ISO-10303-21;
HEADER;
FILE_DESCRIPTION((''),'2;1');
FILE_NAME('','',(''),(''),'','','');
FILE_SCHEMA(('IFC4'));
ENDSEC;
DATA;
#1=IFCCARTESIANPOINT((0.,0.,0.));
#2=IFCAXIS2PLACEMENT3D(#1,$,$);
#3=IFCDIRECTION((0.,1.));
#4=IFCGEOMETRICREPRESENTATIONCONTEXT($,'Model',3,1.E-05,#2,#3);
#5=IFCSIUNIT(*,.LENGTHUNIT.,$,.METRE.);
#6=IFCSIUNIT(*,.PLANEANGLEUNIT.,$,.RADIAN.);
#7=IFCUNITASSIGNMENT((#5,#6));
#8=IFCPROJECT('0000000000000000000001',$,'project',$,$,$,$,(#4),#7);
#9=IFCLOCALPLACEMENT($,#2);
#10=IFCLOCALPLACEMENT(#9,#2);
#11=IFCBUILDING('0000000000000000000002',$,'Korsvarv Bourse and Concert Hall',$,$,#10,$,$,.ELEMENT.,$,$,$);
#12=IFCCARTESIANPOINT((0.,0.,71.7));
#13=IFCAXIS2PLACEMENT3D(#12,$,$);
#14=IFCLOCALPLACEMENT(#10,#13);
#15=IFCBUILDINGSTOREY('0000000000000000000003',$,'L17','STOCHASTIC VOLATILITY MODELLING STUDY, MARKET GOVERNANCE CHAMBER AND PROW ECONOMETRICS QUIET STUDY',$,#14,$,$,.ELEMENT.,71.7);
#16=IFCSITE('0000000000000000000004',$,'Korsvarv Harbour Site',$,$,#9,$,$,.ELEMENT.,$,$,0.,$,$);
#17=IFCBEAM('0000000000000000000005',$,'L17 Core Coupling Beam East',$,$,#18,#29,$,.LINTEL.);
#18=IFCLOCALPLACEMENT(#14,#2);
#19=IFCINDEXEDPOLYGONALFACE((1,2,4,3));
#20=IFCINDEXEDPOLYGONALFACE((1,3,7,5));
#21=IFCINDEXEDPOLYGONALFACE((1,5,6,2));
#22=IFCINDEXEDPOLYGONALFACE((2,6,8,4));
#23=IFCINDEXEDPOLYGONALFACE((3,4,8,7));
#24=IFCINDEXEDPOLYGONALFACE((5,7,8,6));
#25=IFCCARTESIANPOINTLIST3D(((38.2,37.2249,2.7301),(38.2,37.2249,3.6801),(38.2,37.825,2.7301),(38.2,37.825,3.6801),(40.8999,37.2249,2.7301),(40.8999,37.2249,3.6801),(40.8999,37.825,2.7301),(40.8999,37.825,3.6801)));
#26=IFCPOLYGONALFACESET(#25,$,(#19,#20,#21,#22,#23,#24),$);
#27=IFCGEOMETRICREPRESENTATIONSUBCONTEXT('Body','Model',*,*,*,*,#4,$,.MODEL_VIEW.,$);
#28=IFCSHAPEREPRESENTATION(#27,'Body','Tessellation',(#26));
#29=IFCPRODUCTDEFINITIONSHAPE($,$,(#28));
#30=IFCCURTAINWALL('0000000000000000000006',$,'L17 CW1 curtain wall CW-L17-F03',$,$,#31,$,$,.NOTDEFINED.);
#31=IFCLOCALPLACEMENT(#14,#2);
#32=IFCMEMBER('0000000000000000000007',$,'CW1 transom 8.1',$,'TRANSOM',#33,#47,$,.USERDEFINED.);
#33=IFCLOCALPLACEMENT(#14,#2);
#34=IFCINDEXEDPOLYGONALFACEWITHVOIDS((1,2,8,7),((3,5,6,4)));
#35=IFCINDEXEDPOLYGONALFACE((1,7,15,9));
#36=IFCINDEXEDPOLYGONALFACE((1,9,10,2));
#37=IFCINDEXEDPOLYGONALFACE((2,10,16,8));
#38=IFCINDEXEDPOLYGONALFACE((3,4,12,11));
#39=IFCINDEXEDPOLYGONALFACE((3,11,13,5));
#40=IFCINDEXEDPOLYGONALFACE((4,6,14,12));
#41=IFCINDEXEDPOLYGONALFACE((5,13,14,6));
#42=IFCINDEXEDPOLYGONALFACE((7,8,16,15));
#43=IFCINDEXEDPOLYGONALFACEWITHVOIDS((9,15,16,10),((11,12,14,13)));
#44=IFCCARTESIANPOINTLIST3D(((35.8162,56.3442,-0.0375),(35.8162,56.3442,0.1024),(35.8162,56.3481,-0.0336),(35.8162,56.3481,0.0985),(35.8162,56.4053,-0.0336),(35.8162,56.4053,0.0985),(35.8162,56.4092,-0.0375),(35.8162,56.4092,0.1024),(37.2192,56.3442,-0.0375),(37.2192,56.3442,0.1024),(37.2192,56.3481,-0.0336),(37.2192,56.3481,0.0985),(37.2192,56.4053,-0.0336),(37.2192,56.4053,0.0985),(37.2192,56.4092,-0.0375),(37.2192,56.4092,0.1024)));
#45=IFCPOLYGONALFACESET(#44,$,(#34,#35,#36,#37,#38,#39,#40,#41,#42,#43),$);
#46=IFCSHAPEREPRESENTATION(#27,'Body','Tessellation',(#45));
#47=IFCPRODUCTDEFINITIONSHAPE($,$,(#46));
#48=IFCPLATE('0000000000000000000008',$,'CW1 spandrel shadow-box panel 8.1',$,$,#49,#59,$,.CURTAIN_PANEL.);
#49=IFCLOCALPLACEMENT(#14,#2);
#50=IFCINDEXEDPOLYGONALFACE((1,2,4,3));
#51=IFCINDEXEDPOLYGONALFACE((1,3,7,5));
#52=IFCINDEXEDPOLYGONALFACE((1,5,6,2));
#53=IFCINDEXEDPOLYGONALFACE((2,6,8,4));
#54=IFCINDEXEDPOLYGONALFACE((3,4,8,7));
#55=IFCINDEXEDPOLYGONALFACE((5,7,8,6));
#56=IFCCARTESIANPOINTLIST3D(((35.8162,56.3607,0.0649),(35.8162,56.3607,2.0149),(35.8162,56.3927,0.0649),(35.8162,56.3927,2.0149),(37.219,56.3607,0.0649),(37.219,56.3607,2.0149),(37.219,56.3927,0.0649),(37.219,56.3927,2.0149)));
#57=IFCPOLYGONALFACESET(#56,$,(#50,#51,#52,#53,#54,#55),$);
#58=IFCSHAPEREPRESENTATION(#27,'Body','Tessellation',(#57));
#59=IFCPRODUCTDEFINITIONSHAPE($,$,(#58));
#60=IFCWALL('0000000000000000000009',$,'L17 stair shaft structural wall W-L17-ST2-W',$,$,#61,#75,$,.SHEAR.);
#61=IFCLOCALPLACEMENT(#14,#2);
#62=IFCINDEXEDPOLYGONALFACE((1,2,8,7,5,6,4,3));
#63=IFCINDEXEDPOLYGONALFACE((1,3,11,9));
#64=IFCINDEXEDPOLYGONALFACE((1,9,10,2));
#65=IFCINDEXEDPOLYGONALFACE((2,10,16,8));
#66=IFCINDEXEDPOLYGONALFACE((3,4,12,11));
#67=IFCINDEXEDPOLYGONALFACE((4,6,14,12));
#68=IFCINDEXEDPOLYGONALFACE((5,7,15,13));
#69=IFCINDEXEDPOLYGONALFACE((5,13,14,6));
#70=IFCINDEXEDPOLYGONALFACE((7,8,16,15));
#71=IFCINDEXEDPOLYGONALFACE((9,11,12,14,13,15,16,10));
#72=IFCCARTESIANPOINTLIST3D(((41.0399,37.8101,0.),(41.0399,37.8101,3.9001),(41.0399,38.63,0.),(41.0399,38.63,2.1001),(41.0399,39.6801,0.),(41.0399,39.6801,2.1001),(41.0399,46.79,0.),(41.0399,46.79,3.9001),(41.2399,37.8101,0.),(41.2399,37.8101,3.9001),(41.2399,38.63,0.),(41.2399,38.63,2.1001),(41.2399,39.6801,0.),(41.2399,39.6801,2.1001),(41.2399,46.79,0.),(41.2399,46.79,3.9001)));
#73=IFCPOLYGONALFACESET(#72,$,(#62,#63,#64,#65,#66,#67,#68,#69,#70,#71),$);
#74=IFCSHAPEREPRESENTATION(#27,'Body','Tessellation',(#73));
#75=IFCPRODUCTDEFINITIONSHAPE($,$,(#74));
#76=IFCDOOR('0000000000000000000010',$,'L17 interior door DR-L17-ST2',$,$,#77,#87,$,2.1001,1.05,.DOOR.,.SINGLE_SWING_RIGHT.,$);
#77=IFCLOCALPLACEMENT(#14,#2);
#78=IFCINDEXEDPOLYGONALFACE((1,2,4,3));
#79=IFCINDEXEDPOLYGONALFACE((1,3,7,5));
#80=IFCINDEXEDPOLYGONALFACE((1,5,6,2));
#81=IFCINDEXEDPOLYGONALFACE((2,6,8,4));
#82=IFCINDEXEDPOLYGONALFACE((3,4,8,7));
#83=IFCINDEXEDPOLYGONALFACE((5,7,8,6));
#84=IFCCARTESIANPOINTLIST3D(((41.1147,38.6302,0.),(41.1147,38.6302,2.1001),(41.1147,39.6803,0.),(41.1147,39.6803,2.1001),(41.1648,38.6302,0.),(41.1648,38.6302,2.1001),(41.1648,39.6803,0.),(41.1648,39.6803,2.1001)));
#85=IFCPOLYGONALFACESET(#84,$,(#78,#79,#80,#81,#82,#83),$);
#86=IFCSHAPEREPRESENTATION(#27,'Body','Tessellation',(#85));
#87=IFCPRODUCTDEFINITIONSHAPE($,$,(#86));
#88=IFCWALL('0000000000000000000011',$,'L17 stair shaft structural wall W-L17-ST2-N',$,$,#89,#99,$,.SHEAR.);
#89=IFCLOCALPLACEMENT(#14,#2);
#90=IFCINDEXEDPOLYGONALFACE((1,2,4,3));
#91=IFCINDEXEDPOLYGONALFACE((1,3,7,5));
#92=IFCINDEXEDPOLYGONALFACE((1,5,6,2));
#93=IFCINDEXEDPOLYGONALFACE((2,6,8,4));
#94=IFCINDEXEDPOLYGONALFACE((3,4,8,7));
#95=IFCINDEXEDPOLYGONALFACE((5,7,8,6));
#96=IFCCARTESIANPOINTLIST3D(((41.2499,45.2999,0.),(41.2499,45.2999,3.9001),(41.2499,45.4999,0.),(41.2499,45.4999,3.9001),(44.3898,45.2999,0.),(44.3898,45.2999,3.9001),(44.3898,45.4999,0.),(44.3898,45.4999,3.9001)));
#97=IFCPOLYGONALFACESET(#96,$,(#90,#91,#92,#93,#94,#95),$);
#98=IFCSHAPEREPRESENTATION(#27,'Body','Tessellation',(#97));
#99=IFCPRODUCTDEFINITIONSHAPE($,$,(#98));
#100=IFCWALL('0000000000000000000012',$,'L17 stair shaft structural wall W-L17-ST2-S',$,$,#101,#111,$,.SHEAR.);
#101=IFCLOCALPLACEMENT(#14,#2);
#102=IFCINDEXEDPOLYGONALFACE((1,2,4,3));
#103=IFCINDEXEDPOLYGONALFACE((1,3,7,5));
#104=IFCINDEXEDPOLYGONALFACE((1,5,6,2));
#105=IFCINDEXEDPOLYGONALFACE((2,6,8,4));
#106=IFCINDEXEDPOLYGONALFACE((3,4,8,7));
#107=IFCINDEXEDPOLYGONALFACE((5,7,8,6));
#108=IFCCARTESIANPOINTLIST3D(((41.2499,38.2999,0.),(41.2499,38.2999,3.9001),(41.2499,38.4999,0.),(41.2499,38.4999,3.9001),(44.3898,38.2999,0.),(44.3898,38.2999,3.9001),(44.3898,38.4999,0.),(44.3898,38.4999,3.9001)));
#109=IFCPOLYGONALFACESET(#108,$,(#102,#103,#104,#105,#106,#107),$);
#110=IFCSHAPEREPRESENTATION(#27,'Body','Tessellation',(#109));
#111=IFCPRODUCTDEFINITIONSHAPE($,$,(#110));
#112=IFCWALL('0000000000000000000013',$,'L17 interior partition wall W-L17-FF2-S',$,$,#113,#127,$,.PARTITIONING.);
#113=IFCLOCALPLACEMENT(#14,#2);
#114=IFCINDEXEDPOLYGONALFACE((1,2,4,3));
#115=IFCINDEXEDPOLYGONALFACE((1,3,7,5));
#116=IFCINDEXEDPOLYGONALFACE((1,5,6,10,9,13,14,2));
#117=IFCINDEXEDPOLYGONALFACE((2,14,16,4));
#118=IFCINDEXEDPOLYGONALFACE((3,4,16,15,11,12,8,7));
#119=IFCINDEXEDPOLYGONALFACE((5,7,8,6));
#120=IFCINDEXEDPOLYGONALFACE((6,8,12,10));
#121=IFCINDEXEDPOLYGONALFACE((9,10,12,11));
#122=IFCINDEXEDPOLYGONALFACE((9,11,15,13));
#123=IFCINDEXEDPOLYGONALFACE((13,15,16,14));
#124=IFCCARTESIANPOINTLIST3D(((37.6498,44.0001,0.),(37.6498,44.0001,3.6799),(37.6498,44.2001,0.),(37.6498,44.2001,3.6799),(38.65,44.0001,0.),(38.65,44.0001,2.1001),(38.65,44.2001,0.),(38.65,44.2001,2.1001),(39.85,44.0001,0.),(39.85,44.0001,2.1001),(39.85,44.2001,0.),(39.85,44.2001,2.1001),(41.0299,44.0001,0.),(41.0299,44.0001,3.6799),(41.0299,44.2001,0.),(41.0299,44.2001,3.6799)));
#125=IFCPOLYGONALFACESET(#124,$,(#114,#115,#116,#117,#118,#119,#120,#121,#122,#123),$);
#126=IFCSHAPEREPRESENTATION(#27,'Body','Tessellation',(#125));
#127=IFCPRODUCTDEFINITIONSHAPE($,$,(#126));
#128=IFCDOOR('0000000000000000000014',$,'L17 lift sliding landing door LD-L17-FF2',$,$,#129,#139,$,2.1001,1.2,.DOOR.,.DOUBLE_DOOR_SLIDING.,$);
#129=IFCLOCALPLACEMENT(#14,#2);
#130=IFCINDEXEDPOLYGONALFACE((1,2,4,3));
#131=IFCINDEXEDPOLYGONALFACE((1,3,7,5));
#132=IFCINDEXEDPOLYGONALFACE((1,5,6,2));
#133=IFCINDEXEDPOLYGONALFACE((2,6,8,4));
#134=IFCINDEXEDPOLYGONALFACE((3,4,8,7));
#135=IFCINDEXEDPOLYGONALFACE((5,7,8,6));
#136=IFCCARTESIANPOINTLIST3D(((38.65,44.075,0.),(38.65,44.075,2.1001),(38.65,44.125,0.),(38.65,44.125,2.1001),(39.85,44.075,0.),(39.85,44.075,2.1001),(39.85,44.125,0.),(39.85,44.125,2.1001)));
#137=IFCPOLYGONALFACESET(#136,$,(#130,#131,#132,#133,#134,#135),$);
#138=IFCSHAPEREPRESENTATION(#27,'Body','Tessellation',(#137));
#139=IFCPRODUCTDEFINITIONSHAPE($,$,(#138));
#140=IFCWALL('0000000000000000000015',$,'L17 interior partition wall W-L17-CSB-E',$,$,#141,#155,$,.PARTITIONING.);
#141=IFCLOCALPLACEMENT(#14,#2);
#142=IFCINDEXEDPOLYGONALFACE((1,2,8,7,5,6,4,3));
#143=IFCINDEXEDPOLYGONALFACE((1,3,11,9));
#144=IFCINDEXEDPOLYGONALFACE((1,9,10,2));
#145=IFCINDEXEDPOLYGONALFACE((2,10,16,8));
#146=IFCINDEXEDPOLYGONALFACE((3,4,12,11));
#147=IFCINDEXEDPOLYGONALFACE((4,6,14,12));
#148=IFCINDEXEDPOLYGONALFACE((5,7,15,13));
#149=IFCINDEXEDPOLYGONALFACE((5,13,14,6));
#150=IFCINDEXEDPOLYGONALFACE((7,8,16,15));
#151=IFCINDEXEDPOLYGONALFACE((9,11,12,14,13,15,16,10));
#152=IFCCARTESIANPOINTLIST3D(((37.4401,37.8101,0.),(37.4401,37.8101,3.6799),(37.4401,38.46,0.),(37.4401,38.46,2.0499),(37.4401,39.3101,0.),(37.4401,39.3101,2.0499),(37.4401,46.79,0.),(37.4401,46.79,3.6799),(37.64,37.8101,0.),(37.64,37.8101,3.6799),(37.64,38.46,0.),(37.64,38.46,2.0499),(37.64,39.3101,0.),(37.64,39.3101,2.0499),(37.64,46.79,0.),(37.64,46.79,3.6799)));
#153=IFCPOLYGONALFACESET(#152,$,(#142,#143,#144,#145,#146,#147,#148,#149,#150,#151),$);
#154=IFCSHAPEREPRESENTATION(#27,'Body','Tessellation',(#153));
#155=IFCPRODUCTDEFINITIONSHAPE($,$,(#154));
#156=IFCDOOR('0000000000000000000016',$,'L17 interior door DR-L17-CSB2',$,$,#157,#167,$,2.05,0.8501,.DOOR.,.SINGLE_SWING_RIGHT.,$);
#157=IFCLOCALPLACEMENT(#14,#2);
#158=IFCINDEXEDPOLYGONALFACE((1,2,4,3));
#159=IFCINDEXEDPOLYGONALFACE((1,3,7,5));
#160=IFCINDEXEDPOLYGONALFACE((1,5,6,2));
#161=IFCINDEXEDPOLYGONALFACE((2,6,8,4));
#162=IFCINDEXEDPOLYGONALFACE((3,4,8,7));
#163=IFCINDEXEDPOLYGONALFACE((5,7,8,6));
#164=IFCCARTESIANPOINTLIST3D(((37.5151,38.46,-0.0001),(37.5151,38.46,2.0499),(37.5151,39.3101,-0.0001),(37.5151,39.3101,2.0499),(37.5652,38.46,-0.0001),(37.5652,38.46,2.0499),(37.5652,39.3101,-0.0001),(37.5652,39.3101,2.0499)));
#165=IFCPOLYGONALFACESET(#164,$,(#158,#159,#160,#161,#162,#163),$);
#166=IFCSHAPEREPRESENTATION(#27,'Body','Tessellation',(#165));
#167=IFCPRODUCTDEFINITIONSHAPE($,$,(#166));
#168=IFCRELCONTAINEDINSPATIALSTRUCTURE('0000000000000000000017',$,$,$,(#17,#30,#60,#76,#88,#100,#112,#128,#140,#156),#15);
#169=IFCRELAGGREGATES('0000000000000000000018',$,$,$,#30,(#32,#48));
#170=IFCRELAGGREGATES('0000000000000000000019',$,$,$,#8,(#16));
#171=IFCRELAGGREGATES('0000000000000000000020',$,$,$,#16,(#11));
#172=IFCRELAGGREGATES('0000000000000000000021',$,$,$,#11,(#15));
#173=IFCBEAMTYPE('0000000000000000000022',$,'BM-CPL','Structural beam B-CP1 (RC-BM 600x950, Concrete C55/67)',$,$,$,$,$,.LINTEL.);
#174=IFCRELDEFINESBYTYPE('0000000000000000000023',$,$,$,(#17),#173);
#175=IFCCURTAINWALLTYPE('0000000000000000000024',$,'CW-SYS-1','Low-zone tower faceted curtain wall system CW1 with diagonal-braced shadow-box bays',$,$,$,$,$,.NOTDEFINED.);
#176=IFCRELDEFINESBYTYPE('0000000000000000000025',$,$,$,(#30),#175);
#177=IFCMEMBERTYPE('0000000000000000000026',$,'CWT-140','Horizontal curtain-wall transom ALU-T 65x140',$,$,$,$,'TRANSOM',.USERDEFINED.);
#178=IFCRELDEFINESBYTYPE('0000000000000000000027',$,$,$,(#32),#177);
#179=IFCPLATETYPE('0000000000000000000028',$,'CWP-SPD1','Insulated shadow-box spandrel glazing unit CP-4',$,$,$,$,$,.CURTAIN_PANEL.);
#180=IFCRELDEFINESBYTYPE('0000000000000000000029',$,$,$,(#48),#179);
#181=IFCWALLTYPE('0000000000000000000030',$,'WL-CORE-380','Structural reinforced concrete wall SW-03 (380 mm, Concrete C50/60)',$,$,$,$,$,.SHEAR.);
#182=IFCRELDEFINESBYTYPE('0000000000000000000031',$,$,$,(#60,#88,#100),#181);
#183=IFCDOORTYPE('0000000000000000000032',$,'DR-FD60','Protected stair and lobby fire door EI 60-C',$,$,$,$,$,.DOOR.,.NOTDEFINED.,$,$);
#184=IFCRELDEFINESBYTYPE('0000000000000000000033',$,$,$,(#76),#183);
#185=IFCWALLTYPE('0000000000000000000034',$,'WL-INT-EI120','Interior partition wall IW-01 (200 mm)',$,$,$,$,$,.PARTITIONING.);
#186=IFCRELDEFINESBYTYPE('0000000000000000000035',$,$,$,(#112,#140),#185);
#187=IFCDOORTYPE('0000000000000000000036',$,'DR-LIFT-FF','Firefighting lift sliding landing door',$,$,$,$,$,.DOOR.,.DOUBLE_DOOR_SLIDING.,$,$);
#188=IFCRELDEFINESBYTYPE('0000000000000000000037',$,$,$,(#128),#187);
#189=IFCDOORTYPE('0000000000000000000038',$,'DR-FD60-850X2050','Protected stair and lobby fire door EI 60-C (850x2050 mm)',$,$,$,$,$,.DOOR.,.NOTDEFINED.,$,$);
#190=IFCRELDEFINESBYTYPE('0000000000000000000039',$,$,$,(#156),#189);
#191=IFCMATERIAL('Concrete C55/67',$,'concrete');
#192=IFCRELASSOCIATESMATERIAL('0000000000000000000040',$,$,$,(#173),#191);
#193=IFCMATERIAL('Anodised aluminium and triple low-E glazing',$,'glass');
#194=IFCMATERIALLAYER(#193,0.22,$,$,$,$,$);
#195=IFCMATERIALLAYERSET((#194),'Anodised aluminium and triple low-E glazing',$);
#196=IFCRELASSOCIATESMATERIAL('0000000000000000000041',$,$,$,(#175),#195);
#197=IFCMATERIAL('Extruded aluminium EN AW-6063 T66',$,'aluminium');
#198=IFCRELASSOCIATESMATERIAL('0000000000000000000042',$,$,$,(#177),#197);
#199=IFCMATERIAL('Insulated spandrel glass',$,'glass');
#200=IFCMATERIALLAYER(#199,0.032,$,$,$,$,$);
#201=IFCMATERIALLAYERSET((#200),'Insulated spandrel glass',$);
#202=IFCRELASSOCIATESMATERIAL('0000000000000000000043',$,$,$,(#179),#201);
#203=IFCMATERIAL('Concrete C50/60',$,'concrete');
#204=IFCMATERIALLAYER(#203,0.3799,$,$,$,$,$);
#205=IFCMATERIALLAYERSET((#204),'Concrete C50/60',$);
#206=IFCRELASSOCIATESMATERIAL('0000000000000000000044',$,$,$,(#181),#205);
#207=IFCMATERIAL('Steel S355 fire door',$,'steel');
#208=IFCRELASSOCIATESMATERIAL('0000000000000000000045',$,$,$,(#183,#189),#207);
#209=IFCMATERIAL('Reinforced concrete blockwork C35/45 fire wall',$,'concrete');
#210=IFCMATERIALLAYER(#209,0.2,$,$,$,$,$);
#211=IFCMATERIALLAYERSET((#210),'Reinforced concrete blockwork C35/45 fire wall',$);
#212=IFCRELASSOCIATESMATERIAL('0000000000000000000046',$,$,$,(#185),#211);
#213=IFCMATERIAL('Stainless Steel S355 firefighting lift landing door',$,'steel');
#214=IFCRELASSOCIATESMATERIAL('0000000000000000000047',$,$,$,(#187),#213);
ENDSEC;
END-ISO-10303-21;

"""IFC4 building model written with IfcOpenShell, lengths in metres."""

from ifc_helpers import new_model, si_unit, direction, frame, frame_2d, origin, origin_2d, place, context, subcontext, project, spatial, rectangle, hollow_rectangle, extrude, source, transform, mapped, material, layer, layer_set, material_profile, profile_set, type_object, element, fill, aggregate, save


model = new_model("IFC4")

# Units and contexts
model_context = context("Model", 3, precision=1e-05, world=origin(), true_north=direction((0.0, 1.0)))
body_context = subcontext(model_context, "Body", "Model", "MODEL_VIEW")
ifc_project = project(units=[si_unit("LENGTHUNIT", "METRE"), si_unit("PLANEANGLEUNIT", "RADIAN")], contexts=[model_context])

# Site, building, storey
site_placement = place(None, origin())
site = spatial("IfcSite", under=ifc_project, at=site_placement, Name="Korsvarv Harbour Site", CompositionType="ELEMENT", RefElevation=0.0)
building_placement = place(site_placement, origin())
building = spatial("IfcBuilding", under=site, at=building_placement, Name="Korsvarv Bourse and Concert Hall", CompositionType="ELEMENT")
storey_placement = place(building_placement, frame((0.0, 0.0, 71.7)))
storey = spatial("IfcBuildingStorey", under=building, at=storey_placement, Name="L17", Description="STOCHASTIC VOLATILITY MODELLING STUDY, MARKET GOVERNANCE CHAMBER AND PROW ECONOMETRICS QUIET STUDY", CompositionType="ELEMENT", Elevation=71.7)

# Beam
ifc_material_1 = material(Name="Concrete C55/67", Category="concrete")
ifc_material_profile_1 = material_profile(ifc_material_1, rectangle(XDim=0.6001, YDim=0.95, at=origin_2d()), Name="RC-BM 600x950")
ifc_profile_set_1 = profile_set([ifc_material_profile_1], Name="Concrete C55/67")
beam_type = type_object("IfcBeamType", Name="BM-CPL", Description="Structural beam B-CP1 (RC-BM 600x950, Concrete C55/67)", PredefinedType="LINTEL", material=ifc_profile_set_1)
shared_shape_1 = source(origin(), body_context, "Body", "SweptSolid", [
    extrude(rectangle(XDim=0.6001, YDim=0.95, at=origin_2d()), origin(), (0.0, 0.0, 1.0), 2.7),
])
beam_placement = place(storey_placement, frame((38.2, 37.5249, 3.2051), z_axis=(1.0, 0.0, 0.0), x_axis=(0.0, 1.0, 0.0)))
element("IfcBeam", 1, at=beam_placement, inside=storey, type_object=beam_type, Name="L17 Core Coupling Beam East", PredefinedType="LINTEL", context=body_context, shape_type="MappedRepresentation", body=[
    mapped(shared_shape_1, transform((0.0, 0.0, 0.0), scale=1.0)),
])

# Curtain wall, member, plate
ifc_material_2 = material(Name="Anodised aluminium and triple low-E glazing", Category="glass")
ifc_layer_1 = layer(ifc_material_2, 0.22)
ifc_layer_set_1 = layer_set([ifc_layer_1], Name="Anodised aluminium and triple low-E glazing")
curtain_wall_type = type_object("IfcCurtainWallType", Name="CW-SYS-1", Description="Low-zone tower faceted curtain wall system CW1 with diagonal-braced shadow-box bays", PredefinedType="NOTDEFINED", material=ifc_layer_set_1)
curtain_wall_placement = place(storey_placement, origin())
curtain_wall = element("IfcCurtainWall", 2, at=curtain_wall_placement, inside=storey, type_object=curtain_wall_type, Name="L17 CW1 curtain wall CW-L17-F03", PredefinedType="NOTDEFINED")
ifc_material_3 = material(Name="Extruded aluminium EN AW-6063 T66", Category="aluminium")
ifc_material_profile_2 = material_profile(ifc_material_3, hollow_rectangle(XDim=0.0649, YDim=0.1399, WallThickness=0.0039, at=origin_2d()), Name="ALU-T 65x140")
ifc_profile_set_2 = profile_set([ifc_material_profile_2], Name="Extruded aluminium EN AW-6063 T66")
member_type = type_object("IfcMemberType", Name="CWT-140", Description="Horizontal curtain-wall transom ALU-T 65x140", ElementType="TRANSOM", PredefinedType="USERDEFINED", material=ifc_profile_set_2)
shared_shape_2 = source(origin(), body_context, "Body", "SweptSolid", [
    extrude(hollow_rectangle(XDim=0.0649, YDim=0.1399, WallThickness=0.0039, at=origin_2d()), origin(), (0.0, 0.0, 1.0), 1.4031),
])
member_placement = place(storey_placement, frame((37.2192, 56.3767, 0.0325), z_axis=(-1.0, 0.0, 0.0), x_axis=(0.0, -1.0, 0.0)))
member = element("IfcMember", 3, at=member_placement, type_object=member_type, Name="CW1 transom 8.1", ObjectType="TRANSOM", PredefinedType="USERDEFINED", context=body_context, shape_type="MappedRepresentation", body=[
    mapped(shared_shape_2, transform((0.0, 0.0, 0.0), scale=1.0)),
])
ifc_material_4 = material(Name="Insulated spandrel glass", Category="glass")
ifc_layer_2 = layer(ifc_material_4, 0.032)
ifc_layer_set_2 = layer_set([ifc_layer_2], Name="Insulated spandrel glass")
plate_type = type_object("IfcPlateType", Name="CWP-SPD1", Description="Insulated shadow-box spandrel glazing unit CP-4", PredefinedType="CURTAIN_PANEL", material=ifc_layer_set_2)
shared_shape_3 = source(origin(), body_context, "Body", "SweptSolid", [
    extrude(rectangle(XDim=1.4028, YDim=0.032, at=origin_2d()), origin(), (0.0, 0.0, 1.0), 1.95),
])
plate_placement = place(storey_placement, frame((36.5176, 56.3767, 0.0649), z_axis=(0.0, 0.0, 1.0), x_axis=(-1.0, 0.0, 0.0)))
plate = element("IfcPlate", 4, at=plate_placement, type_object=plate_type, Name="CW1 spandrel shadow-box panel 8.1", PredefinedType="CURTAIN_PANEL", context=body_context, shape_type="MappedRepresentation", body=[
    mapped(shared_shape_3, transform((0.0, 0.0, 0.0), scale=1.0)),
])
aggregate(curtain_wall, [member, plate])

# Wall, opening, door
ifc_material_5 = material(Name="Concrete C50/60", Category="concrete")
ifc_layer_3 = layer(ifc_material_5, 0.3799)
ifc_layer_set_3 = layer_set([ifc_layer_3], Name="Concrete C50/60")
wall_type_1 = type_object("IfcWallType", Name="WL-CORE-380", Description="Structural reinforced concrete wall SW-03 (380 mm, Concrete C50/60)", PredefinedType="SHEAR", material=ifc_layer_set_3)
wall_1_placement = place(storey_placement, frame((41.1399, 37.8101, 0.0), z_axis=(0.0, 0.0, 1.0), x_axis=(0.0, 1.0, 0.0)))
wall_1 = element("IfcWall", 5, at=wall_1_placement, inside=storey, type_object=wall_type_1, Name="L17 stair shaft structural wall W-L17-ST2-W", PredefinedType="SHEAR", context=body_context, shape_type="SweptSolid", body=[
    extrude(rectangle(XDim=8.98, YDim=0.2, at=frame_2d((4.49, 0.0))), origin(), (0.0, 0.0, 1.0), 3.9001),
])
opening_1_placement = place(wall_1_placement, frame((0.8201, 0.0, 0.0)))
opening_1 = element("IfcOpeningElement", 6, at=opening_1_placement, cuts=wall_1, PredefinedType="OPENING", context=body_context, shape_type="SweptSolid", body=[
    extrude(rectangle(XDim=1.05, YDim=2.1001, at=frame_2d((0.5249, 1.05))), frame((0.0, 0.1099, 0.0), z_axis=(0.0, -1.0, 0.0), x_axis=(1.0, 0.0, 0.0)), (0.0, 0.0, 1.0), 0.22),
])
ifc_material_6 = material(Name="Steel S355 fire door", Category="steel")
door_type_1 = type_object("IfcDoorType", Name="DR-FD60", Description="Protected stair and lobby fire door EI 60-C", OperationType="NOTDEFINED", PredefinedType="DOOR", material=ifc_material_6)
door_1_placement = place(opening_1_placement, frame((1.05, 0.0, 0.0), z_axis=(0.0, 0.0, 1.0), x_axis=(-1.0, 0.0, 0.0)))
door_1 = element("IfcDoor", 7, at=door_1_placement, inside=storey, type_object=door_type_1, Name="L17 interior door DR-L17-ST2", OperationType="SINGLE_SWING_RIGHT", OverallHeight=2.1001, OverallWidth=1.05, PredefinedType="DOOR", context=body_context, shape_type="SweptSolid", body=[
    extrude(rectangle(XDim=1.05, YDim=2.1001, at=frame_2d((0.5249, 1.05))), frame((0.0, 0.0249, 0.0), z_axis=(0.0, -1.0, 0.0), x_axis=(1.0, 0.0, 0.0)), (0.0, 0.0, 1.0), 0.05),
])
fill(opening_1, door_1)

# Walls
for number, where, z_axis, x_axis, name in (
    (8, (41.25, 45.3999, 0.0), (0.0, 0.0, 1.0), (1.0, 0.0, 0.0), "L17 stair shaft structural wall W-L17-ST2-N"),
    (9, (41.25, 38.3999, 0.0), (0.0, 0.0, 1.0), (1.0, 0.0, 0.0), "L17 stair shaft structural wall W-L17-ST2-S"),
):
    element("IfcWall", number, at=place(storey_placement, frame(where, z_axis=z_axis, x_axis=x_axis)), inside=storey, type_object=wall_type_1, Name=name, PredefinedType="SHEAR", context=body_context, shape_type="SweptSolid", body=[
        extrude(rectangle(XDim=3.1399, YDim=0.2, at=frame_2d((1.5698, 0.0))), origin(), (0.0, 0.0, 1.0), 3.9001),
    ])

# Walls, openings, doors
ifc_material_7 = material(Name="Reinforced concrete blockwork C35/45 fire wall", Category="concrete")
ifc_layer_4 = layer(ifc_material_7, 0.2)
ifc_layer_set_4 = layer_set([ifc_layer_4], Name="Reinforced concrete blockwork C35/45 fire wall")
wall_type_2 = type_object("IfcWallType", Name="WL-INT-EI120", Description="Interior partition wall IW-01 (200 mm)", PredefinedType="PARTITIONING", material=ifc_layer_set_4)
wall_2_placement = place(storey_placement, frame((37.6499, 44.1001, 0.0), z_axis=(0.0, 0.0, 1.0), x_axis=(1.0, 0.0, 0.0)))
wall_2 = element("IfcWall", 10, at=wall_2_placement, inside=storey, type_object=wall_type_2, Name="L17 interior partition wall W-L17-FF2-S", PredefinedType="PARTITIONING", context=body_context, shape_type="SweptSolid", body=[
    extrude(rectangle(XDim=3.3801, YDim=0.2, at=frame_2d((1.6899, 0.0))), origin(), (0.0, 0.0, 1.0), 3.6799),
])
opening_2_placement = place(wall_2_placement, frame((1.0, 0.0, 0.0)))
opening_2 = element("IfcOpeningElement", 11, at=opening_2_placement, cuts=wall_2, PredefinedType="OPENING", context=body_context, shape_type="SweptSolid", body=[
    extrude(rectangle(XDim=1.2, YDim=2.1001, at=frame_2d((0.6001, 1.05))), frame((0.0, 0.1099, 0.0), z_axis=(0.0, -1.0, 0.0), x_axis=(1.0, 0.0, 0.0)), (0.0, 0.0, 1.0), 0.22),
])
ifc_material_8 = material(Name="Stainless Steel S355 firefighting lift landing door", Category="steel")
door_type_2 = type_object("IfcDoorType", Name="DR-LIFT-FF", Description="Firefighting lift sliding landing door", OperationType="DOUBLE_DOOR_SLIDING", PredefinedType="DOOR", material=ifc_material_8)
door_2_placement = place(opening_2_placement, origin())
door_2 = element("IfcDoor", 12, at=door_2_placement, inside=storey, type_object=door_type_2, Name="L17 lift sliding landing door LD-L17-FF2", OperationType="DOUBLE_DOOR_SLIDING", OverallHeight=2.1001, OverallWidth=1.2, PredefinedType="DOOR", context=body_context, shape_type="SweptSolid", body=[
    extrude(rectangle(XDim=1.2, YDim=2.1001, at=frame_2d((0.6001, 1.05))), frame((0.0, 0.0249, 0.0), z_axis=(0.0, -1.0, 0.0), x_axis=(1.0, 0.0, 0.0)), (0.0, 0.0, 1.0), 0.05),
])
fill(opening_2, door_2)
wall_3_placement = place(storey_placement, frame((37.54, 37.8101, 0.0), z_axis=(0.0, 0.0, 1.0), x_axis=(0.0, 1.0, 0.0)))
wall_3 = element("IfcWall", 13, at=wall_3_placement, inside=storey, type_object=wall_type_2, Name="L17 interior partition wall W-L17-CSB-E", PredefinedType="PARTITIONING", context=body_context, shape_type="SweptSolid", body=[
    extrude(rectangle(XDim=8.98, YDim=0.2, at=frame_2d((4.49, 0.0))), origin(), (0.0, 0.0, 1.0), 3.6799),
])
opening_3_placement = place(wall_3_placement, frame((0.6499, 0.0, 0.0)))
opening_3 = element("IfcOpeningElement", 14, at=opening_3_placement, cuts=wall_3, PredefinedType="OPENING", context=body_context, shape_type="SweptSolid", body=[
    extrude(rectangle(XDim=0.8501, YDim=2.05, at=frame_2d((0.425, 1.0249))), frame((0.0, 0.1099, 0.0), z_axis=(0.0, -1.0, 0.0), x_axis=(1.0, 0.0, 0.0)), (0.0, 0.0, 1.0), 0.22),
])
door_type_3 = type_object("IfcDoorType", Name="DR-FD60-850X2050", Description="Protected stair and lobby fire door EI 60-C (850x2050 mm)", OperationType="NOTDEFINED", PredefinedType="DOOR", material=ifc_material_6)
door_3_placement = place(opening_3_placement, origin())
door_3 = element("IfcDoor", 15, at=door_3_placement, inside=storey, type_object=door_type_3, Name="L17 interior door DR-L17-CSB2", OperationType="SINGLE_SWING_RIGHT", OverallHeight=2.05, OverallWidth=0.8501, PredefinedType="DOOR", context=body_context, shape_type="SweptSolid", body=[
    extrude(rectangle(XDim=0.8501, YDim=2.05, at=frame_2d((0.425, 1.0249))), frame((0.0, 0.0249, 0.0), z_axis=(0.0, -1.0, 0.0), x_axis=(1.0, 0.0, 0.0)), (0.0, 0.0, 1.0), 0.05),
])
fill(opening_3, door_3)

save(model, "model.ifc")
